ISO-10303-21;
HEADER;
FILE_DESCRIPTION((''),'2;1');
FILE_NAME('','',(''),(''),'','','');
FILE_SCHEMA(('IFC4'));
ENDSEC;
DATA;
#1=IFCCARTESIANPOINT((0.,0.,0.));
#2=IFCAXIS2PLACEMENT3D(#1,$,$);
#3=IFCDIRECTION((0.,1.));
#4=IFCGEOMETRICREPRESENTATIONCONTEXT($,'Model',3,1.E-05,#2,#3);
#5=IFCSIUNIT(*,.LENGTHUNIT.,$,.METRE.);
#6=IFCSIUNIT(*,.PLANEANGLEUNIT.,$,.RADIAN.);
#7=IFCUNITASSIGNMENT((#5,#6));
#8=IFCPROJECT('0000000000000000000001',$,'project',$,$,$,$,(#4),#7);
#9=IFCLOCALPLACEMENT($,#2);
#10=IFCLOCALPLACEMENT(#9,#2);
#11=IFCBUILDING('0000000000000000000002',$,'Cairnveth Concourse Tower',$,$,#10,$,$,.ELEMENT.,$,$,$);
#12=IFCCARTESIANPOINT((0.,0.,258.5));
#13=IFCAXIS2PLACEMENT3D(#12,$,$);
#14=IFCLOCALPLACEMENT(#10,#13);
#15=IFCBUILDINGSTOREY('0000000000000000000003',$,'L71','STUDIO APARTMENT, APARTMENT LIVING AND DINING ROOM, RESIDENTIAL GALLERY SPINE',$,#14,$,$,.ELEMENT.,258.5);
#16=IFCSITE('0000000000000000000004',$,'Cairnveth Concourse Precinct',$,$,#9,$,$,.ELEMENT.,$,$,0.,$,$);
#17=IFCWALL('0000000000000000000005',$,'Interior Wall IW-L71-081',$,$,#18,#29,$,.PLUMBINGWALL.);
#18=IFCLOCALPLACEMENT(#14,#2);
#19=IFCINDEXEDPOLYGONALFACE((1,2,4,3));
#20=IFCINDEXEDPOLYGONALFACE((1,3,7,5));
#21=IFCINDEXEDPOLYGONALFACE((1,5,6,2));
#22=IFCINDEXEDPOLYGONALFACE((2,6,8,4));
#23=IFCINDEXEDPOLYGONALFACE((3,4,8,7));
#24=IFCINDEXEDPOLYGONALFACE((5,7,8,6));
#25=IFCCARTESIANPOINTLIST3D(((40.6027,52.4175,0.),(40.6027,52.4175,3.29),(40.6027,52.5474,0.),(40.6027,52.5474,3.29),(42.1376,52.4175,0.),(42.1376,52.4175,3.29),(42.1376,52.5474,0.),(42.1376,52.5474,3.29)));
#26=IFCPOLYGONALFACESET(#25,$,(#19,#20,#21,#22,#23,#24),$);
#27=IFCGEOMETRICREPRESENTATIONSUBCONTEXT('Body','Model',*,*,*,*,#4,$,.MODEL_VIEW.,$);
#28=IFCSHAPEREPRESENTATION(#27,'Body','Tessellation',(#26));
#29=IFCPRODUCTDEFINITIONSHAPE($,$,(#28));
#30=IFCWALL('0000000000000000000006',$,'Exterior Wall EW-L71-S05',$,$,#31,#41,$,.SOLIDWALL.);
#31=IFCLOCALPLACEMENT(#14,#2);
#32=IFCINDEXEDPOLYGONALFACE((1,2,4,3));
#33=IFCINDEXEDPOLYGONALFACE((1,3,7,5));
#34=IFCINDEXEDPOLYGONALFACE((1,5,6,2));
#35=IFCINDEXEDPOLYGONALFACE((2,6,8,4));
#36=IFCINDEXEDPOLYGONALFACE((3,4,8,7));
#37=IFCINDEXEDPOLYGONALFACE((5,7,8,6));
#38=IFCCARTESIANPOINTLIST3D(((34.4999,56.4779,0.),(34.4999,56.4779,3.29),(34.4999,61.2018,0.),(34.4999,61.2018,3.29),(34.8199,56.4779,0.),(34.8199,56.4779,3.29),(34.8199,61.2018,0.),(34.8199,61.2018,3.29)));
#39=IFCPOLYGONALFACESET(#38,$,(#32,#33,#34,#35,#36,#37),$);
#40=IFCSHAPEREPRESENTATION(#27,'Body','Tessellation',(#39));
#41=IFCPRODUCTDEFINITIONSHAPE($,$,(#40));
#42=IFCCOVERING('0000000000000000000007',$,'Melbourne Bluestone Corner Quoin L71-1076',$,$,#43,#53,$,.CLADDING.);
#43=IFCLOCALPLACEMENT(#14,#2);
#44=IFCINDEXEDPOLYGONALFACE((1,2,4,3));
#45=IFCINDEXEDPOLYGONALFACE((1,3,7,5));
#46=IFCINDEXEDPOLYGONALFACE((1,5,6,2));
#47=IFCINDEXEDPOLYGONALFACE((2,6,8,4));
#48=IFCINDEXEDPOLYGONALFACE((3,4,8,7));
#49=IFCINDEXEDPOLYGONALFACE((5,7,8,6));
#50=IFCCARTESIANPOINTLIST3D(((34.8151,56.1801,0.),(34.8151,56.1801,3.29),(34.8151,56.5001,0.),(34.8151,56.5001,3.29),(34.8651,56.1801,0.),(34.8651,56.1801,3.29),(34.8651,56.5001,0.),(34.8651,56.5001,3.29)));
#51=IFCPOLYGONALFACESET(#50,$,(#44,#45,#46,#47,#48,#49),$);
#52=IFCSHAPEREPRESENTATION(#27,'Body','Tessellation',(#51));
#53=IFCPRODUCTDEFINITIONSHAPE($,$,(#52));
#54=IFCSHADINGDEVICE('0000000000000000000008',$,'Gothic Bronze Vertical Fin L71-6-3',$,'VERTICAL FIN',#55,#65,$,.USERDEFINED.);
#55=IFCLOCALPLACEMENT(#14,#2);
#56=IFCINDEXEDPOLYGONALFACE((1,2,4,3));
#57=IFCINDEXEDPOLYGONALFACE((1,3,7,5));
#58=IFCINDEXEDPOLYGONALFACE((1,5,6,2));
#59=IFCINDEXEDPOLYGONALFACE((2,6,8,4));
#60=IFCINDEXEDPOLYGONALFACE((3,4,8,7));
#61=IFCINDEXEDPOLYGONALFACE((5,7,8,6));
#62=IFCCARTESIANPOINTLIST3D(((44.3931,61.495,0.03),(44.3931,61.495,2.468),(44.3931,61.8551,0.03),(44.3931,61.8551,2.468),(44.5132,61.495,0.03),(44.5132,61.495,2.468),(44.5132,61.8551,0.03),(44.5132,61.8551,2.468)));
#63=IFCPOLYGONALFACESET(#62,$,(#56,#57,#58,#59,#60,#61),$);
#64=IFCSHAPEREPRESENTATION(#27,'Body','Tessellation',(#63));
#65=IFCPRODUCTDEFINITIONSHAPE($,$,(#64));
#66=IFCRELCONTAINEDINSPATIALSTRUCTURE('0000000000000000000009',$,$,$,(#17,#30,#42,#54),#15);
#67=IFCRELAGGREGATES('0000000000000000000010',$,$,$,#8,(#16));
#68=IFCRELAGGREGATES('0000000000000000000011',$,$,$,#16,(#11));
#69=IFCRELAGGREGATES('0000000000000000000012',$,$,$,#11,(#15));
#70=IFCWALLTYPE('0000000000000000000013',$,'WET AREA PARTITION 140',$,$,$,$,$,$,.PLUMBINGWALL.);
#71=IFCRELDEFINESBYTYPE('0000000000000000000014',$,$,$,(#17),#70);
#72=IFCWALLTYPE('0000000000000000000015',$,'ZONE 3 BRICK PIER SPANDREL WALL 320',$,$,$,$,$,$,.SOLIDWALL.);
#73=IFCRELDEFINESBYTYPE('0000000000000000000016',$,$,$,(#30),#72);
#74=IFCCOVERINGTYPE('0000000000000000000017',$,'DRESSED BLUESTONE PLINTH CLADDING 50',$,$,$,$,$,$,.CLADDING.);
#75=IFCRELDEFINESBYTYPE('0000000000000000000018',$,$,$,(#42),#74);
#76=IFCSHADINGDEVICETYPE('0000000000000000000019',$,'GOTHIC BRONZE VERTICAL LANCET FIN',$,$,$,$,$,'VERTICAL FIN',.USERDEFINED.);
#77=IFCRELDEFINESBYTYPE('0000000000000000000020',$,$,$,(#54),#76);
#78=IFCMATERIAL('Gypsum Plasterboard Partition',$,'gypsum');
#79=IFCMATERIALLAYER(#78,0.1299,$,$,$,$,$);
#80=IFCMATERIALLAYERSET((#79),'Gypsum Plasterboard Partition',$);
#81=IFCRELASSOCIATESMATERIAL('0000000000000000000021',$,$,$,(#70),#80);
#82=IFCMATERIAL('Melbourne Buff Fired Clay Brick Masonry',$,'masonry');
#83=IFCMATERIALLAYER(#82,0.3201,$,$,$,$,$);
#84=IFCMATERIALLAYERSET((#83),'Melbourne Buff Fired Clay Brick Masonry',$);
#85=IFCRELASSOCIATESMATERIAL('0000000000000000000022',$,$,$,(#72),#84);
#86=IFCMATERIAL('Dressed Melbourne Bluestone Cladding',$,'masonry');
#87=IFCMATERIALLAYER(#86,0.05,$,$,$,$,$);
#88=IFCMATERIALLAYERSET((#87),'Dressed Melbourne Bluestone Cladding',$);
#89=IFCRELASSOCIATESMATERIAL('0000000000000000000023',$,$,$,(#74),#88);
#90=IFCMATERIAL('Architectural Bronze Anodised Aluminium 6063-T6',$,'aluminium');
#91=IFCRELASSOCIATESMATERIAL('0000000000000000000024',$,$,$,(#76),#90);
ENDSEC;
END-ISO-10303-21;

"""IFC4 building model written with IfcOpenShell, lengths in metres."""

from ifc_helpers import new_model, si_unit, direction, frame, frame_2d, origin, origin_2d, place, context, subcontext, project, spatial, rectangle, extrude, material, layer, layer_set, type_object, element, save


model = new_model("IFC4")

# Units and contexts
model_context = context("Model", 3, precision=1e-05, world=origin(), true_north=direction((0.0, 1.0)))
body_context = subcontext(model_context, "Body", "Model", "MODEL_VIEW")
ifc_project = project(units=[si_unit("LENGTHUNIT", "METRE"), si_unit("PLANEANGLEUNIT", "RADIAN")], contexts=[model_context])

# Site, building, storey
site_placement = place(None, origin())
site = spatial("IfcSite", under=ifc_project, at=site_placement, Name="Cairnveth Concourse Precinct", CompositionType="ELEMENT", RefElevation=0.0)
building_placement = place(site_placement, origin())
building = spatial("IfcBuilding", under=site, at=building_placement, Name="Cairnveth Concourse Tower", CompositionType="ELEMENT")
storey_placement = place(building_placement, frame((0.0, 0.0, 258.5)))
storey = spatial("IfcBuildingStorey", under=building, at=storey_placement, Name="L71", Description="STUDIO APARTMENT, APARTMENT LIVING AND DINING ROOM, RESIDENTIAL GALLERY SPINE", CompositionType="ELEMENT", Elevation=258.5)

# Shared definitions
ifc_material_1 = material(Name="Gypsum Plasterboard Partition", Category="gypsum")

# Shared definitions
ifc_layer_1 = layer(ifc_material_1, 0.1299)
ifc_layer_set_1 = layer_set([ifc_layer_1], Name="Gypsum Plasterboard Partition")
wall_type_1 = type_object("IfcWallType", Name="WET AREA PARTITION 140", PredefinedType="PLUMBINGWALL", material=ifc_layer_set_1)

# Walls
wall_1_placement = place(storey_placement, frame((40.6025, 52.4824, 0.0), z_axis=(0.0, 0.0, 1.0), x_axis=(1.0, 0.0, 0.0)))
element("IfcWall", 1, at=wall_1_placement, inside=storey, type_object=wall_type_1, Name="Interior Wall IW-L71-081", PredefinedType="PLUMBINGWALL", context=body_context, shape_type="SweptSolid", body=[
    extrude(rectangle(XDim=1.5349, YDim=0.1299, at=frame_2d((0.7676, 0.0))), origin(), (0.0, 0.0, 1.0), 3.29),
])
ifc_material_2 = material(Name="Melbourne Buff Fired Clay Brick Masonry", Category="masonry")
ifc_layer_2 = layer(ifc_material_2, 0.3201)
ifc_layer_set_2 = layer_set([ifc_layer_2], Name="Melbourne Buff Fired Clay Brick Masonry")
wall_type_2 = type_object("IfcWallType", Name="ZONE 3 BRICK PIER SPANDREL WALL 320", PredefinedType="SOLIDWALL", material=ifc_layer_set_2)
wall_2_placement = place(storey_placement, frame((34.6599, 56.478, 0.0), z_axis=(0.0, 0.0, 1.0), x_axis=(0.0, 1.0, 0.0)))
element("IfcWall", 2, at=wall_2_placement, inside=storey, type_object=wall_type_2, Name="Exterior Wall EW-L71-S05", PredefinedType="SOLIDWALL", context=body_context, shape_type="SweptSolid", body=[
    extrude(rectangle(XDim=4.7239, YDim=0.3201, at=frame_2d((2.3618, 0.0))), origin(), (0.0, 0.0, 1.0), 3.29),
])

# Covering
ifc_material_3 = material(Name="Dressed Melbourne Bluestone Cladding", Category="masonry")
ifc_layer_3 = layer(ifc_material_3, 0.05)
ifc_layer_set_3 = layer_set([ifc_layer_3], Name="Dressed Melbourne Bluestone Cladding")
covering_type = type_object("IfcCoveringType", Name="DRESSED BLUESTONE PLINTH CLADDING 50", PredefinedType="CLADDING", material=ifc_layer_set_3)
covering_placement = place(storey_placement, frame((34.8401, 56.1799, 0.0), z_axis=(0.0, 0.0, 1.0), x_axis=(0.0, 1.0, 0.0)))
element("IfcCovering", 3, at=covering_placement, inside=storey, type_object=covering_type, Name="Melbourne Bluestone Corner Quoin L71-1076", PredefinedType="CLADDING", context=body_context, shape_type="SweptSolid", body=[
    extrude(rectangle(XDim=0.3201, YDim=0.05, at=frame_2d((0.1602, 0.0))), origin(), (0.0, 0.0, 1.0), 3.29),
])

# Shading device
ifc_material_4 = material(Name="Architectural Bronze Anodised Aluminium 6063-T6", Category="aluminium")
shading_device_type = type_object("IfcShadingDeviceType", Name="GOTHIC BRONZE VERTICAL LANCET FIN", ElementType="VERTICAL FIN", PredefinedType="USERDEFINED", material=ifc_material_4)
shading_device_placement = place(storey_placement, frame((44.4531, 61.675, 0.03), z_axis=(0.0, 0.0, 1.0), x_axis=(1.0, 0.0, 0.0)))
element("IfcShadingDevice", 4, at=shading_device_placement, inside=storey, type_object=shading_device_type, Name="Gothic Bronze Vertical Fin L71-6-3", ObjectType="VERTICAL FIN", PredefinedType="USERDEFINED", context=body_context, shape_type="SweptSolid", body=[
    extrude(rectangle(XDim=0.1201, YDim=0.3601, at=origin_2d()), origin(), (0.0, 0.0, 1.0), 2.438),
])

save(model, "model.ifc")
